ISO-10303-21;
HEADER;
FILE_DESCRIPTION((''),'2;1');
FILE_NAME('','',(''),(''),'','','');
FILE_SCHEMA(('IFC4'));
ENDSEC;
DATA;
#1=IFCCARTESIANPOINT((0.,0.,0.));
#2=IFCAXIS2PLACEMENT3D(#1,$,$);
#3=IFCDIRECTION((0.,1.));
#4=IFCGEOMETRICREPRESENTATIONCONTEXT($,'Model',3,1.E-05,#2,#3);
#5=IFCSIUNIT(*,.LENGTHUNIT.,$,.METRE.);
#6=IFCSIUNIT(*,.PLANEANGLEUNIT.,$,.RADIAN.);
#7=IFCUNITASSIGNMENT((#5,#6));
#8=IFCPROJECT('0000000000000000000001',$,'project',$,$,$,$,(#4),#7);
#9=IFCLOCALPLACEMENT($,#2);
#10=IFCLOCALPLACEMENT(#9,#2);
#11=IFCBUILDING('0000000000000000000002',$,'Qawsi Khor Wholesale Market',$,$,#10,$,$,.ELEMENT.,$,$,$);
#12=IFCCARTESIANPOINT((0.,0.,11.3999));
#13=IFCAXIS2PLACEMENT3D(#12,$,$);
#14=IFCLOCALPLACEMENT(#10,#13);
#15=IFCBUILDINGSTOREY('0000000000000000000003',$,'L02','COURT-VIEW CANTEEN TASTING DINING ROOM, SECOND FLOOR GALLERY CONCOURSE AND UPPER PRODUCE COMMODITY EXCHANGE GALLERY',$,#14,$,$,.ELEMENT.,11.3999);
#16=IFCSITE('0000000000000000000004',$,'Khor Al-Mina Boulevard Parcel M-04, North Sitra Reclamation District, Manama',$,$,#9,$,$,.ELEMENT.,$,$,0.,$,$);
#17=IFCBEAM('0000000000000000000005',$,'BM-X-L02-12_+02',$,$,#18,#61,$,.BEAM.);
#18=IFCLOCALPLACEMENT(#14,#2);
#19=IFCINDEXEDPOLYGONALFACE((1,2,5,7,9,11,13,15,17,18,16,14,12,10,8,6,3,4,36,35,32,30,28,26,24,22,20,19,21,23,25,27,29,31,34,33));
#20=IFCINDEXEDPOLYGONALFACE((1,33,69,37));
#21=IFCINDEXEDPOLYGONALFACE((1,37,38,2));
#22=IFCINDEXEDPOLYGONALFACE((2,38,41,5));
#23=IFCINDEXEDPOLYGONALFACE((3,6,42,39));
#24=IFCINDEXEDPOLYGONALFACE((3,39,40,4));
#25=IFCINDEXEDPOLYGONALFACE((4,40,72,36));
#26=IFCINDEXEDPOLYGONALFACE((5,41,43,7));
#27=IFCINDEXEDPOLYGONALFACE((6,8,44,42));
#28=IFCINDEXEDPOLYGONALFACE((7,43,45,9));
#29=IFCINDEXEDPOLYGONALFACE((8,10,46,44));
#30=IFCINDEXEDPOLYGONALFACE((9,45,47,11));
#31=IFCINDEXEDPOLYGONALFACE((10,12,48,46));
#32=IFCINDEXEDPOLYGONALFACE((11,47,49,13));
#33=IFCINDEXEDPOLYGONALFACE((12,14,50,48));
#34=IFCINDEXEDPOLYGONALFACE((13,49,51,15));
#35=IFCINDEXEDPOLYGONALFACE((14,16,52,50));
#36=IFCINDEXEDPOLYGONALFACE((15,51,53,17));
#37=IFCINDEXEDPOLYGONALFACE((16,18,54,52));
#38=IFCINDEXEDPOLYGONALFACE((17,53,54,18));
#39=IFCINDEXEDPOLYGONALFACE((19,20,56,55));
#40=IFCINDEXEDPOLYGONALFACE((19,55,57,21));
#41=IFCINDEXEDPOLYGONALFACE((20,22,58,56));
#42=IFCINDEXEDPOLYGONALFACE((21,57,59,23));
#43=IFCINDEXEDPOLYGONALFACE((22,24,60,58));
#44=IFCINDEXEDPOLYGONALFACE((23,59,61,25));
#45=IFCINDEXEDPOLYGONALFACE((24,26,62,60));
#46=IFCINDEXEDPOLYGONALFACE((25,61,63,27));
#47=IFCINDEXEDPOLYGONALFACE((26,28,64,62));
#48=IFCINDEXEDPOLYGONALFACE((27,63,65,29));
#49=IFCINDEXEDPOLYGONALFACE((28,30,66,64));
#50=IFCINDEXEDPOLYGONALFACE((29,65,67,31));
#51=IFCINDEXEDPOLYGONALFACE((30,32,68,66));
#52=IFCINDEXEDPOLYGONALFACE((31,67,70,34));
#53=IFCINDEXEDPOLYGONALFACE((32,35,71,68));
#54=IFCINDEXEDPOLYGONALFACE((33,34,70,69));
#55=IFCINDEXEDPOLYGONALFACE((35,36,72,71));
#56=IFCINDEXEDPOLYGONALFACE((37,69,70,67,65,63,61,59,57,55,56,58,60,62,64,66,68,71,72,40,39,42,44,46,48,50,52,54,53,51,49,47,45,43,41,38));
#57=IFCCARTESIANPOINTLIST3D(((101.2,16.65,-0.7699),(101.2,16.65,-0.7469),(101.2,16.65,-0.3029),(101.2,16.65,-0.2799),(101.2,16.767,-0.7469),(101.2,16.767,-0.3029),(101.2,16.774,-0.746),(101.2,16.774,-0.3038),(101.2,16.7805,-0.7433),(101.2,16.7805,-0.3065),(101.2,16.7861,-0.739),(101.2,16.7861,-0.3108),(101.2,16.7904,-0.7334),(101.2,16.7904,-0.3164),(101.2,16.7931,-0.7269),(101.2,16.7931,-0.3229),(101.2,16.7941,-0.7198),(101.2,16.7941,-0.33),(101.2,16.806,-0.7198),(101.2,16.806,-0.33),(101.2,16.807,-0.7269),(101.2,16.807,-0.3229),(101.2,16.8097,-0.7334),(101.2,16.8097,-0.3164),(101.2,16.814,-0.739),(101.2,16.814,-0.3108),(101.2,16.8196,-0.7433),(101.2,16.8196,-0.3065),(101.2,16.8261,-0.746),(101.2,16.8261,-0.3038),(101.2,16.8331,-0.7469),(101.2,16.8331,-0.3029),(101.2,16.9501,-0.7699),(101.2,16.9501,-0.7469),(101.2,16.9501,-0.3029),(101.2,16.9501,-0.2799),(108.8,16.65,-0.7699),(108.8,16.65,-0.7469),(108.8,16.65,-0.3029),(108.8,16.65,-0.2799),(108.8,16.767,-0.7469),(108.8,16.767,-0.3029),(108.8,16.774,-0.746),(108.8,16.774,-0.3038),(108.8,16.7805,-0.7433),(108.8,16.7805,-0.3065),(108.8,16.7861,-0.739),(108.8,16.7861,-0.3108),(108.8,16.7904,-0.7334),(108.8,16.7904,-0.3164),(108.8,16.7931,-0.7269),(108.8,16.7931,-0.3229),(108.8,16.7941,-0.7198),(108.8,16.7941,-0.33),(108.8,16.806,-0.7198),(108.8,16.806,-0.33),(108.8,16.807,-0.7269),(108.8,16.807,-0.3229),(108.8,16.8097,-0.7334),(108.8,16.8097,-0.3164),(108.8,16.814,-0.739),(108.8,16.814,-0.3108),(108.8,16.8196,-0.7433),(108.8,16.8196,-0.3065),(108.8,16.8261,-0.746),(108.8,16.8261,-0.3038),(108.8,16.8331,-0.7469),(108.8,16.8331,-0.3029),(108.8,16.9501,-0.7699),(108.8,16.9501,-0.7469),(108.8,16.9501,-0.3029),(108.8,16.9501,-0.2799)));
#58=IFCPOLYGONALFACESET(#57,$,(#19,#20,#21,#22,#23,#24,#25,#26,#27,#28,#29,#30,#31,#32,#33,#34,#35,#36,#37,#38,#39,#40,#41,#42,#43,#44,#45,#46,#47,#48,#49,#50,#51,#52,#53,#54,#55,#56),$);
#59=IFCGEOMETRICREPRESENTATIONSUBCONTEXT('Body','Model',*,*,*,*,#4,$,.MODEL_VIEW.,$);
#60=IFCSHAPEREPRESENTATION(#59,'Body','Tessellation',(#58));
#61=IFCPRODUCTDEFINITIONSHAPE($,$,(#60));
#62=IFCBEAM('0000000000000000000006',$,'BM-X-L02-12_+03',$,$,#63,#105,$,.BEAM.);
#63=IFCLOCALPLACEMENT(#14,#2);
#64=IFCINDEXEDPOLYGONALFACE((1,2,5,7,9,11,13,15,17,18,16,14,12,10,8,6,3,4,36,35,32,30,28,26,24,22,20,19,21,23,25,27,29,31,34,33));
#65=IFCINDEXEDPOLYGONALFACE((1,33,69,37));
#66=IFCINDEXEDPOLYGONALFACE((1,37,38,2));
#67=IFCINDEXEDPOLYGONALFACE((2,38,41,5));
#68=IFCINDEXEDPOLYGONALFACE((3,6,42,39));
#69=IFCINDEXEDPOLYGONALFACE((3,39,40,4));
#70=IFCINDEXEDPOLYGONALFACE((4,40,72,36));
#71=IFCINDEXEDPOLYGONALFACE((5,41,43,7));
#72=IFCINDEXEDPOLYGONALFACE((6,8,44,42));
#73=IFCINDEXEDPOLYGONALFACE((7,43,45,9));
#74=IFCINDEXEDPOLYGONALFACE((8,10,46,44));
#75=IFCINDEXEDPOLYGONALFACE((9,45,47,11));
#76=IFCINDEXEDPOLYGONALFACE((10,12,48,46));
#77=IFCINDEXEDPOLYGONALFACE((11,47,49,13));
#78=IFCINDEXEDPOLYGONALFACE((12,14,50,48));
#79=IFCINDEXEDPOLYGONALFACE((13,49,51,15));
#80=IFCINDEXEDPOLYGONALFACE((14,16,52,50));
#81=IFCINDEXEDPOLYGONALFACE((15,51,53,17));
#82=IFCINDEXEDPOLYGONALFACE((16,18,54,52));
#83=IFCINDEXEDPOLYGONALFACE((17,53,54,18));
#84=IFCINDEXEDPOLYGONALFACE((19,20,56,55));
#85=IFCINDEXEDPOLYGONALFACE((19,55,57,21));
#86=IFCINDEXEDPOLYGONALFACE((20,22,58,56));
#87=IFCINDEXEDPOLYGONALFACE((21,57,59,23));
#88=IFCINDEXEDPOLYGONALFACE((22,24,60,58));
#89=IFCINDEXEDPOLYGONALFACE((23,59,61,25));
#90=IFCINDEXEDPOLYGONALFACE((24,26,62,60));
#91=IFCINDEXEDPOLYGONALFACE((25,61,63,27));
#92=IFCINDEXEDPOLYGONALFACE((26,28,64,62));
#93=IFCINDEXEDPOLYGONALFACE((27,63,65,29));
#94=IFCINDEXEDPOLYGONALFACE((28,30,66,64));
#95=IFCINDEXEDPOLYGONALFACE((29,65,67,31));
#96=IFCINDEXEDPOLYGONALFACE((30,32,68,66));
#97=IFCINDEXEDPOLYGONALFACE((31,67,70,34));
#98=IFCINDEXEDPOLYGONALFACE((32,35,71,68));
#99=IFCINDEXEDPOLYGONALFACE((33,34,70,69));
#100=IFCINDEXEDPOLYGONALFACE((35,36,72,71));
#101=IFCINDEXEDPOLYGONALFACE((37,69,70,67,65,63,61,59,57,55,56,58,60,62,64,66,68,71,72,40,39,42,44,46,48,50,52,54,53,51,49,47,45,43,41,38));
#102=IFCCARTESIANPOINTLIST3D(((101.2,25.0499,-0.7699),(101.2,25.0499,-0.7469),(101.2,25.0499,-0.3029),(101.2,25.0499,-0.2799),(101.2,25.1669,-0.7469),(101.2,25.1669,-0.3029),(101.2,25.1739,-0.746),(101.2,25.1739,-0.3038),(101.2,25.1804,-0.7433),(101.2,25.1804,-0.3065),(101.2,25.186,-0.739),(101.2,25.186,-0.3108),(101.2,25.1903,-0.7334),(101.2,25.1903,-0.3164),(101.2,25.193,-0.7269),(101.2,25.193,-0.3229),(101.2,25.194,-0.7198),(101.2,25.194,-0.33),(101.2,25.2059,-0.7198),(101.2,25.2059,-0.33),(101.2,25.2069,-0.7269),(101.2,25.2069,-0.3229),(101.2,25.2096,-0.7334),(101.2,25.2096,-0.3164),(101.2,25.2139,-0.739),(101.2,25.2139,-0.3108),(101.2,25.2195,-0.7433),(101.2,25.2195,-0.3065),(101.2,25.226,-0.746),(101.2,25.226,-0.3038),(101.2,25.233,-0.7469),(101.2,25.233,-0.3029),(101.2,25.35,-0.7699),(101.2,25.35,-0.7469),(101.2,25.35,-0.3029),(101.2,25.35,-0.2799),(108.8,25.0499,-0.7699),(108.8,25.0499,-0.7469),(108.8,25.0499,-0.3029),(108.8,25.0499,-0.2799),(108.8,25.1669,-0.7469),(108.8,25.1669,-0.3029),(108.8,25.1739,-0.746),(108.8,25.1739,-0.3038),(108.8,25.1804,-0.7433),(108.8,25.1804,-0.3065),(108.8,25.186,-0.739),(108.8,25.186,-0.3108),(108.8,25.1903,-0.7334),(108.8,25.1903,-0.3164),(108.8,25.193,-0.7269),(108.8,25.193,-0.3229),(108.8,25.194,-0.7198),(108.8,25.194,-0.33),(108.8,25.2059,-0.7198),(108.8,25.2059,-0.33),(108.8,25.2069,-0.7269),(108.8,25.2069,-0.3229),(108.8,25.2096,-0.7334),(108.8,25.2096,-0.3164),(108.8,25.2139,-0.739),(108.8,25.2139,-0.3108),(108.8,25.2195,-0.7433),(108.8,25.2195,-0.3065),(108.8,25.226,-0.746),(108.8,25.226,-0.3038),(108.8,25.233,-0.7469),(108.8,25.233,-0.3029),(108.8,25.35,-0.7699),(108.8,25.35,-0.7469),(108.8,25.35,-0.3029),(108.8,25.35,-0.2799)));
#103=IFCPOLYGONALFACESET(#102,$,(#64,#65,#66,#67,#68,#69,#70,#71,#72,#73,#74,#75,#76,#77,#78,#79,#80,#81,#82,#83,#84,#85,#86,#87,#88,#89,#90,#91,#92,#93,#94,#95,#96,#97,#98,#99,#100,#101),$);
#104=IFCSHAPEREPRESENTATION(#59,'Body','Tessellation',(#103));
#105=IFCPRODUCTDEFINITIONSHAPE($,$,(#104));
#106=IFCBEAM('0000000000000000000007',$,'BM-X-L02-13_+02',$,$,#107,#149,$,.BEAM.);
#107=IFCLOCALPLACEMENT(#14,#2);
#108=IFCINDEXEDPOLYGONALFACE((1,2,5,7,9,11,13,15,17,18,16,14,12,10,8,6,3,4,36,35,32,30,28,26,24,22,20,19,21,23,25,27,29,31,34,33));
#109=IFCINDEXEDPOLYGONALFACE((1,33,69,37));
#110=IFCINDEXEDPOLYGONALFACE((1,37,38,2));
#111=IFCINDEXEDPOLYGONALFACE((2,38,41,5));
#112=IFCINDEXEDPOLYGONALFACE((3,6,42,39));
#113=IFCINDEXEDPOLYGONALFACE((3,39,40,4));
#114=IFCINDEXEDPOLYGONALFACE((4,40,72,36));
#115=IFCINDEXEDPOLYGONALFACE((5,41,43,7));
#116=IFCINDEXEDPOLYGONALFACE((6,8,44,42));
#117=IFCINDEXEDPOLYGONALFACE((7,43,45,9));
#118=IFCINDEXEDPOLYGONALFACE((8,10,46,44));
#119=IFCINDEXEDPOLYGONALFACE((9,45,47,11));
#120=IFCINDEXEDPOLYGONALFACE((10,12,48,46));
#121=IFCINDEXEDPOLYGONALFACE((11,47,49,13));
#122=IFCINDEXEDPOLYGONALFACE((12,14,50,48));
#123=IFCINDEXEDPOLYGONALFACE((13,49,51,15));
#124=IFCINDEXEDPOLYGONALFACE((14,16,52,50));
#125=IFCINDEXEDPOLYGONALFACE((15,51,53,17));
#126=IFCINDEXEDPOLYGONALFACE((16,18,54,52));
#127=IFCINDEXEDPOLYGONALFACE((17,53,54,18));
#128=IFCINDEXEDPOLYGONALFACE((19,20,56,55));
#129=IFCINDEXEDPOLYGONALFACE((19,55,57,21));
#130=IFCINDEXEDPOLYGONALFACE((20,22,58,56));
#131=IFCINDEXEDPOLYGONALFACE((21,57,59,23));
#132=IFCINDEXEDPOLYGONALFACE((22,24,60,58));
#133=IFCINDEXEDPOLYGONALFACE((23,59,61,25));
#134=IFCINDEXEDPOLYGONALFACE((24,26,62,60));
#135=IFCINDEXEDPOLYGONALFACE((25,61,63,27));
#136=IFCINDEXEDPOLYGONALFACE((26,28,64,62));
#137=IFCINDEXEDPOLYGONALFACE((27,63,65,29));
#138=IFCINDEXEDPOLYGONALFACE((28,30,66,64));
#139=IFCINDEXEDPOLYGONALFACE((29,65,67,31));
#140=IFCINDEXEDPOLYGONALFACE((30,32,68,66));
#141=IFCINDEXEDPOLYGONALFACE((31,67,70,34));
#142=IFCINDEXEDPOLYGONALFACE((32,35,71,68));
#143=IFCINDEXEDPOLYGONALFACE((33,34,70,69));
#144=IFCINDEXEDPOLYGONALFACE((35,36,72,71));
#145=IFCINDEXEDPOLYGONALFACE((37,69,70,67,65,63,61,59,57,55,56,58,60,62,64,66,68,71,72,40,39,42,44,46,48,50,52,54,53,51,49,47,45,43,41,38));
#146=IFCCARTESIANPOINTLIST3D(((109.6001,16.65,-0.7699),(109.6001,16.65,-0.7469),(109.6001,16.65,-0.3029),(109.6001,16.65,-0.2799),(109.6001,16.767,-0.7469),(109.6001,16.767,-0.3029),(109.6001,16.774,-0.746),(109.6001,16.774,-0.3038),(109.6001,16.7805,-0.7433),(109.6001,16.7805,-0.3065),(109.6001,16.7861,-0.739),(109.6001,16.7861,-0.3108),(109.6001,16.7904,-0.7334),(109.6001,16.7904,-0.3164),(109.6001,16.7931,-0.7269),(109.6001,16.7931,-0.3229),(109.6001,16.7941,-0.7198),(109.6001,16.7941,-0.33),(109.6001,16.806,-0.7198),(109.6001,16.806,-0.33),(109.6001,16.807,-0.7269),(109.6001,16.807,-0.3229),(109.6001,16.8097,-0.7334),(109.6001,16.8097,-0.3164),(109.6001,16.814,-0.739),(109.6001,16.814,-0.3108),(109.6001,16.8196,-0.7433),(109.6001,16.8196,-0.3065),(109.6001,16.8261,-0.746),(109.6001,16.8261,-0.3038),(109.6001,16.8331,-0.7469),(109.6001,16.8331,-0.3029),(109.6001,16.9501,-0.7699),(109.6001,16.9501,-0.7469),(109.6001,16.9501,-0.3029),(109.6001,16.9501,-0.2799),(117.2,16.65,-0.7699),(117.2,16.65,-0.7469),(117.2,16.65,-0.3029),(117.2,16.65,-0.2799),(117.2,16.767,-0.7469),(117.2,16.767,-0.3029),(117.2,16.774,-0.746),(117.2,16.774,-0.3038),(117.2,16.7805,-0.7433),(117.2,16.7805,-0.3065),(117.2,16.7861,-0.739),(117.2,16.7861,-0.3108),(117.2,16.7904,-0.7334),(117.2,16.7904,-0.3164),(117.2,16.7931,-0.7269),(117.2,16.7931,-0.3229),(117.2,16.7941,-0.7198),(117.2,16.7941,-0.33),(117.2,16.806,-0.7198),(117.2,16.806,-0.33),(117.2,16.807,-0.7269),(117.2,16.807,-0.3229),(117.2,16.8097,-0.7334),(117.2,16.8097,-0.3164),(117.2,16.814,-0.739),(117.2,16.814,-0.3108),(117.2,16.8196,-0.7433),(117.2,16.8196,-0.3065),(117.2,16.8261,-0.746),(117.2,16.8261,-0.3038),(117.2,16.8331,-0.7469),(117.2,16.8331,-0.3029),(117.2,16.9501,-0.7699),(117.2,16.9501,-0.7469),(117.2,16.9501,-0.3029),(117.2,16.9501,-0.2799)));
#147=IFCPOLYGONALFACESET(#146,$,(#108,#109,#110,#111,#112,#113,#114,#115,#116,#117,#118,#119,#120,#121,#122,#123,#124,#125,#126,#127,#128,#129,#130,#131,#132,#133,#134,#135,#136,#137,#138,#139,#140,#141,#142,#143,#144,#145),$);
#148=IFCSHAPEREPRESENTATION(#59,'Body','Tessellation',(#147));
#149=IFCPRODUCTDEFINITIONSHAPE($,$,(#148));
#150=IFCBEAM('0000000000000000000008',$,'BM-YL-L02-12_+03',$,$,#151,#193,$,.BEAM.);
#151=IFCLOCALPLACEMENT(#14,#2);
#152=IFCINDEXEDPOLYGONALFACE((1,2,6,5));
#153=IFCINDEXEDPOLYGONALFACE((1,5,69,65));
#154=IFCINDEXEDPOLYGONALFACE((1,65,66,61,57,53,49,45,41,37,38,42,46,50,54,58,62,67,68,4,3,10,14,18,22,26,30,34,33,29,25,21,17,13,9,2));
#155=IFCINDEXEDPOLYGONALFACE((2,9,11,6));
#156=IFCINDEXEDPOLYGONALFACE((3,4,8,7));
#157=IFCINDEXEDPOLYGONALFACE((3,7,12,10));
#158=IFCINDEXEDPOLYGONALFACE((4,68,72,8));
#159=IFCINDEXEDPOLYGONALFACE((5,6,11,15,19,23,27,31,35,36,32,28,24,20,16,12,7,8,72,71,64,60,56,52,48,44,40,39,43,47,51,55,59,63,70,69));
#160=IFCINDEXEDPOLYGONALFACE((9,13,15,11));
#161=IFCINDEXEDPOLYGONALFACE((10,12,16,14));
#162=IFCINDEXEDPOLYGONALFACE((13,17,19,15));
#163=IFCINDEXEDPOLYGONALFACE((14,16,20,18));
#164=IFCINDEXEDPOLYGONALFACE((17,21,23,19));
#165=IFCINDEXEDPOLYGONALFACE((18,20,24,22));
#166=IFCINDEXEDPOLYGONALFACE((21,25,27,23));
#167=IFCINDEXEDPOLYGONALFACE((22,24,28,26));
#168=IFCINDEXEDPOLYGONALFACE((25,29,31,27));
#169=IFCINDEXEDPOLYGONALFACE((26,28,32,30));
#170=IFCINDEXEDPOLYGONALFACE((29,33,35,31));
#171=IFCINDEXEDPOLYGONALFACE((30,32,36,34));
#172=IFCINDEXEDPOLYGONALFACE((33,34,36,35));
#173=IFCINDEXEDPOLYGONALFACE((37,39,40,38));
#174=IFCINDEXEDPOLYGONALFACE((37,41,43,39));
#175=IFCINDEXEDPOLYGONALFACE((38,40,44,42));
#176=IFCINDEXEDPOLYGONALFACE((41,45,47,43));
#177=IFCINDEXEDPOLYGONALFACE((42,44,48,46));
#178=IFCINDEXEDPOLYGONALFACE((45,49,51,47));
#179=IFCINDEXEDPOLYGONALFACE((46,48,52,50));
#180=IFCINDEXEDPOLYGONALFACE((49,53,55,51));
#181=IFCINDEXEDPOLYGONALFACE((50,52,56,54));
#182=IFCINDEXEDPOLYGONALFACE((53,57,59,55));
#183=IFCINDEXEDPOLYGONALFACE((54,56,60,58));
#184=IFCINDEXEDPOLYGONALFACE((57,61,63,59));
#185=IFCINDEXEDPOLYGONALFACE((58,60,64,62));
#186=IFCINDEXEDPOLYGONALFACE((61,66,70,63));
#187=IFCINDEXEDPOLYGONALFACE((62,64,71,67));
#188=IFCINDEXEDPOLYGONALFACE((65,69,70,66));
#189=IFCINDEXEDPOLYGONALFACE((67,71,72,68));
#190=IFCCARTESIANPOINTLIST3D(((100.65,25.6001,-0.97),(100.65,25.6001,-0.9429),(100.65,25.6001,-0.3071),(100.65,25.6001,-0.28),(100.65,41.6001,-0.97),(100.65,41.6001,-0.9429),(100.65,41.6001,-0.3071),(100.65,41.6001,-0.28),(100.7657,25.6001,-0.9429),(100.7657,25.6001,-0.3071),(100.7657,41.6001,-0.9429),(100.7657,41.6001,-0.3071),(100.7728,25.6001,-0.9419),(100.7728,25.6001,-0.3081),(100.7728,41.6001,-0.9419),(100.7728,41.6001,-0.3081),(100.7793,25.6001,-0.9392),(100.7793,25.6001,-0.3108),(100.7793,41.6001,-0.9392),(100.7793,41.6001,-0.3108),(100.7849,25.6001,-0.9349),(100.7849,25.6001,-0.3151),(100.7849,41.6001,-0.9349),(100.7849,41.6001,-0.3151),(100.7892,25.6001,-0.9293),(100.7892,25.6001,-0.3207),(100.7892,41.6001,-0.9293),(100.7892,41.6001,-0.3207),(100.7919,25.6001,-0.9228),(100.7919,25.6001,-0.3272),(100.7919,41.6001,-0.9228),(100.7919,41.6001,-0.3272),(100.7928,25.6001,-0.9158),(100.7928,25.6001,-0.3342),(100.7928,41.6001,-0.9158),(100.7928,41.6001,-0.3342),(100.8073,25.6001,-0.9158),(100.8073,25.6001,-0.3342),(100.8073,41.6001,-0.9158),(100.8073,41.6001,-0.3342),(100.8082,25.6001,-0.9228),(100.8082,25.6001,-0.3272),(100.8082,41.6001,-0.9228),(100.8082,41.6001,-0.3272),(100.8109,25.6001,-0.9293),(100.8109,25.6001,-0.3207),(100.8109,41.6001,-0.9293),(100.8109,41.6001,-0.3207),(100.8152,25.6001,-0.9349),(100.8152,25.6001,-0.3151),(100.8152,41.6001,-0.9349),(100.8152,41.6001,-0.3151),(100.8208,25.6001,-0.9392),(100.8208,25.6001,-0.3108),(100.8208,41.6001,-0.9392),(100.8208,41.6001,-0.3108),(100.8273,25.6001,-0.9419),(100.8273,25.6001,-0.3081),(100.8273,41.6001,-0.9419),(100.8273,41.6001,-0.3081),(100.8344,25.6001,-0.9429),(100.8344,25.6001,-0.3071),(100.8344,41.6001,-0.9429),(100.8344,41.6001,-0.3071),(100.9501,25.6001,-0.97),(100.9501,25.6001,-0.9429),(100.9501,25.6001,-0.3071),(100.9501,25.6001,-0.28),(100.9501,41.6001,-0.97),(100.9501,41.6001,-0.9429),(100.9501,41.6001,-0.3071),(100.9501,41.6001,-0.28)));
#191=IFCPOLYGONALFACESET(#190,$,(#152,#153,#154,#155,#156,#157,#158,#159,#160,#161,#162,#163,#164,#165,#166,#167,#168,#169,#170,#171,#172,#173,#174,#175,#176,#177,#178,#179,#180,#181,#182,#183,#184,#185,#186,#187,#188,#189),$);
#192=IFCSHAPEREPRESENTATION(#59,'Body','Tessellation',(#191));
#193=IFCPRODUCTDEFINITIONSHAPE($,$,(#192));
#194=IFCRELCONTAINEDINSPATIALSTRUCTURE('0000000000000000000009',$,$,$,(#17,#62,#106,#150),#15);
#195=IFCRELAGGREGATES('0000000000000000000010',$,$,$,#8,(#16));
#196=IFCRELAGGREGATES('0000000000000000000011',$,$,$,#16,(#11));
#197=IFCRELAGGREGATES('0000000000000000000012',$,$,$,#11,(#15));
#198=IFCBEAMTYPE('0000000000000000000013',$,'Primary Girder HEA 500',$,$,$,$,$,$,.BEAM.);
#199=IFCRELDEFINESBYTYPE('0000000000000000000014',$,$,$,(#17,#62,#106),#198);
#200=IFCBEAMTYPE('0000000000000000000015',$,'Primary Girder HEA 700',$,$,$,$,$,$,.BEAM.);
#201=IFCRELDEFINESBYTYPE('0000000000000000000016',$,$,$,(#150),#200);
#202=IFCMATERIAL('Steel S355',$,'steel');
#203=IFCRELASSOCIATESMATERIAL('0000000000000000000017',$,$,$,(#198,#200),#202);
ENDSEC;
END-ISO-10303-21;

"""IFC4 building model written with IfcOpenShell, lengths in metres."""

from ifc_helpers import new_model, si_unit, direction, frame, origin, origin_2d, place, context, subcontext, project, spatial, i_section, extrude, material, material_profile, profile_set, type_object, element, save


model = new_model("IFC4")

# Units and contexts
model_context = context("Model", 3, precision=1e-05, world=origin(), true_north=direction((0.0, 1.0)))
body_context = subcontext(model_context, "Body", "Model", "MODEL_VIEW")
ifc_project = project(units=[si_unit("LENGTHUNIT", "METRE"), si_unit("PLANEANGLEUNIT", "RADIAN")], contexts=[model_context])

# Site, building, storey
site_placement = place(None, origin())
site = spatial("IfcSite", under=ifc_project, at=site_placement, Name="Khor Al-Mina Boulevard Parcel M-04, North Sitra Reclamation District, Manama", CompositionType="ELEMENT", RefElevation=0.0)
building_placement = place(site_placement, origin())
building = spatial("IfcBuilding", under=site, at=building_placement, Name="Qawsi Khor Wholesale Market", CompositionType="ELEMENT")
storey_placement = place(building_placement, frame((0.0, 0.0, 11.3999)))
storey = spatial("IfcBuildingStorey", under=building, at=storey_placement, Name="L02", Description="COURT-VIEW CANTEEN TASTING DINING ROOM, SECOND FLOOR GALLERY CONCOURSE AND UPPER PRODUCE COMMODITY EXCHANGE GALLERY", CompositionType="ELEMENT", Elevation=11.3999)

# Beams
ifc_material_1 = material(Name="Steel S355", Category="steel")
ifc_material_profile_1 = material_profile(ifc_material_1, i_section(OverallWidth=0.3, OverallDepth=0.49, WebThickness=0.012, FlangeThickness=0.0229, FilletRadius=0.0271, at=origin_2d()), Name="HEA 500")
ifc_profile_set_1 = profile_set([ifc_material_profile_1], Name="Steel S355")
beam_type_1 = type_object("IfcBeamType", Name="Primary Girder HEA 500", PredefinedType="BEAM", material=ifc_profile_set_1)
for number, where, z_axis, x_axis, name in (
    (1, (101.2, 16.8, -0.5249), (1.0, 0.0, 0.0), (0.0, 1.0, 0.0), "BM-X-L02-12_+02"),
    (2, (101.2, 25.2, -0.5249), (1.0, 0.0, 0.0), (0.0, 1.0, 0.0), "BM-X-L02-12_+03"),
):
    element("IfcBeam", number, at=place(storey_placement, frame(where, z_axis=z_axis, x_axis=x_axis)), inside=storey, type_object=beam_type_1, Name=name, PredefinedType="BEAM", context=body_context, shape_type="SweptSolid", body=[
        extrude(i_section(OverallWidth=0.3, OverallDepth=0.49, WebThickness=0.012, FlangeThickness=0.0229, FilletRadius=0.0271, at=origin_2d()), origin(), (0.0, 0.0, 1.0), 7.6001),
    ])
beam_1_placement = place(storey_placement, frame((109.6001, 16.8, -0.5249), z_axis=(1.0, 0.0, 0.0), x_axis=(0.0, 1.0, 0.0)))
element("IfcBeam", 3, at=beam_1_placement, inside=storey, type_object=beam_type_1, Name="BM-X-L02-13_+02", PredefinedType="BEAM", context=body_context, shape_type="SweptSolid", body=[
    extrude(i_section(OverallWidth=0.3, OverallDepth=0.49, WebThickness=0.012, FlangeThickness=0.0229, FilletRadius=0.0271, at=origin_2d()), origin(), (0.0, 0.0, 1.0), 7.5999),
])
ifc_material_profile_2 = material_profile(ifc_material_1, i_section(OverallWidth=0.3, OverallDepth=0.6899, WebThickness=0.0144, FlangeThickness=0.0271, FilletRadius=0.0271, at=origin_2d()), Name="HEA 700")
ifc_profile_set_2 = profile_set([ifc_material_profile_2], Name="Steel S355")
beam_type_2 = type_object("IfcBeamType", Name="Primary Girder HEA 700", PredefinedType="BEAM", material=ifc_profile_set_2)
for number, where, z_axis, x_axis, name in (
    (4, (100.8, 25.6001, -0.625), (0.0, 1.0, 0.0), (-1.0, 0.0, 0.0), "BM-YL-L02-12_+03"),
):
    element("IfcBeam", number, at=place(storey_placement, frame(where, z_axis=z_axis, x_axis=x_axis)), inside=storey, type_object=beam_type_2, Name=name, PredefinedType="BEAM", context=body_context, shape_type="SweptSolid", body=[
        extrude(i_section(OverallWidth=0.3, OverallDepth=0.6899, WebThickness=0.0144, FlangeThickness=0.0271, FilletRadius=0.0271, at=origin_2d()), origin(), (0.0, 0.0, 1.0), 16.0),
    ])

save(model, "model.ifc")
